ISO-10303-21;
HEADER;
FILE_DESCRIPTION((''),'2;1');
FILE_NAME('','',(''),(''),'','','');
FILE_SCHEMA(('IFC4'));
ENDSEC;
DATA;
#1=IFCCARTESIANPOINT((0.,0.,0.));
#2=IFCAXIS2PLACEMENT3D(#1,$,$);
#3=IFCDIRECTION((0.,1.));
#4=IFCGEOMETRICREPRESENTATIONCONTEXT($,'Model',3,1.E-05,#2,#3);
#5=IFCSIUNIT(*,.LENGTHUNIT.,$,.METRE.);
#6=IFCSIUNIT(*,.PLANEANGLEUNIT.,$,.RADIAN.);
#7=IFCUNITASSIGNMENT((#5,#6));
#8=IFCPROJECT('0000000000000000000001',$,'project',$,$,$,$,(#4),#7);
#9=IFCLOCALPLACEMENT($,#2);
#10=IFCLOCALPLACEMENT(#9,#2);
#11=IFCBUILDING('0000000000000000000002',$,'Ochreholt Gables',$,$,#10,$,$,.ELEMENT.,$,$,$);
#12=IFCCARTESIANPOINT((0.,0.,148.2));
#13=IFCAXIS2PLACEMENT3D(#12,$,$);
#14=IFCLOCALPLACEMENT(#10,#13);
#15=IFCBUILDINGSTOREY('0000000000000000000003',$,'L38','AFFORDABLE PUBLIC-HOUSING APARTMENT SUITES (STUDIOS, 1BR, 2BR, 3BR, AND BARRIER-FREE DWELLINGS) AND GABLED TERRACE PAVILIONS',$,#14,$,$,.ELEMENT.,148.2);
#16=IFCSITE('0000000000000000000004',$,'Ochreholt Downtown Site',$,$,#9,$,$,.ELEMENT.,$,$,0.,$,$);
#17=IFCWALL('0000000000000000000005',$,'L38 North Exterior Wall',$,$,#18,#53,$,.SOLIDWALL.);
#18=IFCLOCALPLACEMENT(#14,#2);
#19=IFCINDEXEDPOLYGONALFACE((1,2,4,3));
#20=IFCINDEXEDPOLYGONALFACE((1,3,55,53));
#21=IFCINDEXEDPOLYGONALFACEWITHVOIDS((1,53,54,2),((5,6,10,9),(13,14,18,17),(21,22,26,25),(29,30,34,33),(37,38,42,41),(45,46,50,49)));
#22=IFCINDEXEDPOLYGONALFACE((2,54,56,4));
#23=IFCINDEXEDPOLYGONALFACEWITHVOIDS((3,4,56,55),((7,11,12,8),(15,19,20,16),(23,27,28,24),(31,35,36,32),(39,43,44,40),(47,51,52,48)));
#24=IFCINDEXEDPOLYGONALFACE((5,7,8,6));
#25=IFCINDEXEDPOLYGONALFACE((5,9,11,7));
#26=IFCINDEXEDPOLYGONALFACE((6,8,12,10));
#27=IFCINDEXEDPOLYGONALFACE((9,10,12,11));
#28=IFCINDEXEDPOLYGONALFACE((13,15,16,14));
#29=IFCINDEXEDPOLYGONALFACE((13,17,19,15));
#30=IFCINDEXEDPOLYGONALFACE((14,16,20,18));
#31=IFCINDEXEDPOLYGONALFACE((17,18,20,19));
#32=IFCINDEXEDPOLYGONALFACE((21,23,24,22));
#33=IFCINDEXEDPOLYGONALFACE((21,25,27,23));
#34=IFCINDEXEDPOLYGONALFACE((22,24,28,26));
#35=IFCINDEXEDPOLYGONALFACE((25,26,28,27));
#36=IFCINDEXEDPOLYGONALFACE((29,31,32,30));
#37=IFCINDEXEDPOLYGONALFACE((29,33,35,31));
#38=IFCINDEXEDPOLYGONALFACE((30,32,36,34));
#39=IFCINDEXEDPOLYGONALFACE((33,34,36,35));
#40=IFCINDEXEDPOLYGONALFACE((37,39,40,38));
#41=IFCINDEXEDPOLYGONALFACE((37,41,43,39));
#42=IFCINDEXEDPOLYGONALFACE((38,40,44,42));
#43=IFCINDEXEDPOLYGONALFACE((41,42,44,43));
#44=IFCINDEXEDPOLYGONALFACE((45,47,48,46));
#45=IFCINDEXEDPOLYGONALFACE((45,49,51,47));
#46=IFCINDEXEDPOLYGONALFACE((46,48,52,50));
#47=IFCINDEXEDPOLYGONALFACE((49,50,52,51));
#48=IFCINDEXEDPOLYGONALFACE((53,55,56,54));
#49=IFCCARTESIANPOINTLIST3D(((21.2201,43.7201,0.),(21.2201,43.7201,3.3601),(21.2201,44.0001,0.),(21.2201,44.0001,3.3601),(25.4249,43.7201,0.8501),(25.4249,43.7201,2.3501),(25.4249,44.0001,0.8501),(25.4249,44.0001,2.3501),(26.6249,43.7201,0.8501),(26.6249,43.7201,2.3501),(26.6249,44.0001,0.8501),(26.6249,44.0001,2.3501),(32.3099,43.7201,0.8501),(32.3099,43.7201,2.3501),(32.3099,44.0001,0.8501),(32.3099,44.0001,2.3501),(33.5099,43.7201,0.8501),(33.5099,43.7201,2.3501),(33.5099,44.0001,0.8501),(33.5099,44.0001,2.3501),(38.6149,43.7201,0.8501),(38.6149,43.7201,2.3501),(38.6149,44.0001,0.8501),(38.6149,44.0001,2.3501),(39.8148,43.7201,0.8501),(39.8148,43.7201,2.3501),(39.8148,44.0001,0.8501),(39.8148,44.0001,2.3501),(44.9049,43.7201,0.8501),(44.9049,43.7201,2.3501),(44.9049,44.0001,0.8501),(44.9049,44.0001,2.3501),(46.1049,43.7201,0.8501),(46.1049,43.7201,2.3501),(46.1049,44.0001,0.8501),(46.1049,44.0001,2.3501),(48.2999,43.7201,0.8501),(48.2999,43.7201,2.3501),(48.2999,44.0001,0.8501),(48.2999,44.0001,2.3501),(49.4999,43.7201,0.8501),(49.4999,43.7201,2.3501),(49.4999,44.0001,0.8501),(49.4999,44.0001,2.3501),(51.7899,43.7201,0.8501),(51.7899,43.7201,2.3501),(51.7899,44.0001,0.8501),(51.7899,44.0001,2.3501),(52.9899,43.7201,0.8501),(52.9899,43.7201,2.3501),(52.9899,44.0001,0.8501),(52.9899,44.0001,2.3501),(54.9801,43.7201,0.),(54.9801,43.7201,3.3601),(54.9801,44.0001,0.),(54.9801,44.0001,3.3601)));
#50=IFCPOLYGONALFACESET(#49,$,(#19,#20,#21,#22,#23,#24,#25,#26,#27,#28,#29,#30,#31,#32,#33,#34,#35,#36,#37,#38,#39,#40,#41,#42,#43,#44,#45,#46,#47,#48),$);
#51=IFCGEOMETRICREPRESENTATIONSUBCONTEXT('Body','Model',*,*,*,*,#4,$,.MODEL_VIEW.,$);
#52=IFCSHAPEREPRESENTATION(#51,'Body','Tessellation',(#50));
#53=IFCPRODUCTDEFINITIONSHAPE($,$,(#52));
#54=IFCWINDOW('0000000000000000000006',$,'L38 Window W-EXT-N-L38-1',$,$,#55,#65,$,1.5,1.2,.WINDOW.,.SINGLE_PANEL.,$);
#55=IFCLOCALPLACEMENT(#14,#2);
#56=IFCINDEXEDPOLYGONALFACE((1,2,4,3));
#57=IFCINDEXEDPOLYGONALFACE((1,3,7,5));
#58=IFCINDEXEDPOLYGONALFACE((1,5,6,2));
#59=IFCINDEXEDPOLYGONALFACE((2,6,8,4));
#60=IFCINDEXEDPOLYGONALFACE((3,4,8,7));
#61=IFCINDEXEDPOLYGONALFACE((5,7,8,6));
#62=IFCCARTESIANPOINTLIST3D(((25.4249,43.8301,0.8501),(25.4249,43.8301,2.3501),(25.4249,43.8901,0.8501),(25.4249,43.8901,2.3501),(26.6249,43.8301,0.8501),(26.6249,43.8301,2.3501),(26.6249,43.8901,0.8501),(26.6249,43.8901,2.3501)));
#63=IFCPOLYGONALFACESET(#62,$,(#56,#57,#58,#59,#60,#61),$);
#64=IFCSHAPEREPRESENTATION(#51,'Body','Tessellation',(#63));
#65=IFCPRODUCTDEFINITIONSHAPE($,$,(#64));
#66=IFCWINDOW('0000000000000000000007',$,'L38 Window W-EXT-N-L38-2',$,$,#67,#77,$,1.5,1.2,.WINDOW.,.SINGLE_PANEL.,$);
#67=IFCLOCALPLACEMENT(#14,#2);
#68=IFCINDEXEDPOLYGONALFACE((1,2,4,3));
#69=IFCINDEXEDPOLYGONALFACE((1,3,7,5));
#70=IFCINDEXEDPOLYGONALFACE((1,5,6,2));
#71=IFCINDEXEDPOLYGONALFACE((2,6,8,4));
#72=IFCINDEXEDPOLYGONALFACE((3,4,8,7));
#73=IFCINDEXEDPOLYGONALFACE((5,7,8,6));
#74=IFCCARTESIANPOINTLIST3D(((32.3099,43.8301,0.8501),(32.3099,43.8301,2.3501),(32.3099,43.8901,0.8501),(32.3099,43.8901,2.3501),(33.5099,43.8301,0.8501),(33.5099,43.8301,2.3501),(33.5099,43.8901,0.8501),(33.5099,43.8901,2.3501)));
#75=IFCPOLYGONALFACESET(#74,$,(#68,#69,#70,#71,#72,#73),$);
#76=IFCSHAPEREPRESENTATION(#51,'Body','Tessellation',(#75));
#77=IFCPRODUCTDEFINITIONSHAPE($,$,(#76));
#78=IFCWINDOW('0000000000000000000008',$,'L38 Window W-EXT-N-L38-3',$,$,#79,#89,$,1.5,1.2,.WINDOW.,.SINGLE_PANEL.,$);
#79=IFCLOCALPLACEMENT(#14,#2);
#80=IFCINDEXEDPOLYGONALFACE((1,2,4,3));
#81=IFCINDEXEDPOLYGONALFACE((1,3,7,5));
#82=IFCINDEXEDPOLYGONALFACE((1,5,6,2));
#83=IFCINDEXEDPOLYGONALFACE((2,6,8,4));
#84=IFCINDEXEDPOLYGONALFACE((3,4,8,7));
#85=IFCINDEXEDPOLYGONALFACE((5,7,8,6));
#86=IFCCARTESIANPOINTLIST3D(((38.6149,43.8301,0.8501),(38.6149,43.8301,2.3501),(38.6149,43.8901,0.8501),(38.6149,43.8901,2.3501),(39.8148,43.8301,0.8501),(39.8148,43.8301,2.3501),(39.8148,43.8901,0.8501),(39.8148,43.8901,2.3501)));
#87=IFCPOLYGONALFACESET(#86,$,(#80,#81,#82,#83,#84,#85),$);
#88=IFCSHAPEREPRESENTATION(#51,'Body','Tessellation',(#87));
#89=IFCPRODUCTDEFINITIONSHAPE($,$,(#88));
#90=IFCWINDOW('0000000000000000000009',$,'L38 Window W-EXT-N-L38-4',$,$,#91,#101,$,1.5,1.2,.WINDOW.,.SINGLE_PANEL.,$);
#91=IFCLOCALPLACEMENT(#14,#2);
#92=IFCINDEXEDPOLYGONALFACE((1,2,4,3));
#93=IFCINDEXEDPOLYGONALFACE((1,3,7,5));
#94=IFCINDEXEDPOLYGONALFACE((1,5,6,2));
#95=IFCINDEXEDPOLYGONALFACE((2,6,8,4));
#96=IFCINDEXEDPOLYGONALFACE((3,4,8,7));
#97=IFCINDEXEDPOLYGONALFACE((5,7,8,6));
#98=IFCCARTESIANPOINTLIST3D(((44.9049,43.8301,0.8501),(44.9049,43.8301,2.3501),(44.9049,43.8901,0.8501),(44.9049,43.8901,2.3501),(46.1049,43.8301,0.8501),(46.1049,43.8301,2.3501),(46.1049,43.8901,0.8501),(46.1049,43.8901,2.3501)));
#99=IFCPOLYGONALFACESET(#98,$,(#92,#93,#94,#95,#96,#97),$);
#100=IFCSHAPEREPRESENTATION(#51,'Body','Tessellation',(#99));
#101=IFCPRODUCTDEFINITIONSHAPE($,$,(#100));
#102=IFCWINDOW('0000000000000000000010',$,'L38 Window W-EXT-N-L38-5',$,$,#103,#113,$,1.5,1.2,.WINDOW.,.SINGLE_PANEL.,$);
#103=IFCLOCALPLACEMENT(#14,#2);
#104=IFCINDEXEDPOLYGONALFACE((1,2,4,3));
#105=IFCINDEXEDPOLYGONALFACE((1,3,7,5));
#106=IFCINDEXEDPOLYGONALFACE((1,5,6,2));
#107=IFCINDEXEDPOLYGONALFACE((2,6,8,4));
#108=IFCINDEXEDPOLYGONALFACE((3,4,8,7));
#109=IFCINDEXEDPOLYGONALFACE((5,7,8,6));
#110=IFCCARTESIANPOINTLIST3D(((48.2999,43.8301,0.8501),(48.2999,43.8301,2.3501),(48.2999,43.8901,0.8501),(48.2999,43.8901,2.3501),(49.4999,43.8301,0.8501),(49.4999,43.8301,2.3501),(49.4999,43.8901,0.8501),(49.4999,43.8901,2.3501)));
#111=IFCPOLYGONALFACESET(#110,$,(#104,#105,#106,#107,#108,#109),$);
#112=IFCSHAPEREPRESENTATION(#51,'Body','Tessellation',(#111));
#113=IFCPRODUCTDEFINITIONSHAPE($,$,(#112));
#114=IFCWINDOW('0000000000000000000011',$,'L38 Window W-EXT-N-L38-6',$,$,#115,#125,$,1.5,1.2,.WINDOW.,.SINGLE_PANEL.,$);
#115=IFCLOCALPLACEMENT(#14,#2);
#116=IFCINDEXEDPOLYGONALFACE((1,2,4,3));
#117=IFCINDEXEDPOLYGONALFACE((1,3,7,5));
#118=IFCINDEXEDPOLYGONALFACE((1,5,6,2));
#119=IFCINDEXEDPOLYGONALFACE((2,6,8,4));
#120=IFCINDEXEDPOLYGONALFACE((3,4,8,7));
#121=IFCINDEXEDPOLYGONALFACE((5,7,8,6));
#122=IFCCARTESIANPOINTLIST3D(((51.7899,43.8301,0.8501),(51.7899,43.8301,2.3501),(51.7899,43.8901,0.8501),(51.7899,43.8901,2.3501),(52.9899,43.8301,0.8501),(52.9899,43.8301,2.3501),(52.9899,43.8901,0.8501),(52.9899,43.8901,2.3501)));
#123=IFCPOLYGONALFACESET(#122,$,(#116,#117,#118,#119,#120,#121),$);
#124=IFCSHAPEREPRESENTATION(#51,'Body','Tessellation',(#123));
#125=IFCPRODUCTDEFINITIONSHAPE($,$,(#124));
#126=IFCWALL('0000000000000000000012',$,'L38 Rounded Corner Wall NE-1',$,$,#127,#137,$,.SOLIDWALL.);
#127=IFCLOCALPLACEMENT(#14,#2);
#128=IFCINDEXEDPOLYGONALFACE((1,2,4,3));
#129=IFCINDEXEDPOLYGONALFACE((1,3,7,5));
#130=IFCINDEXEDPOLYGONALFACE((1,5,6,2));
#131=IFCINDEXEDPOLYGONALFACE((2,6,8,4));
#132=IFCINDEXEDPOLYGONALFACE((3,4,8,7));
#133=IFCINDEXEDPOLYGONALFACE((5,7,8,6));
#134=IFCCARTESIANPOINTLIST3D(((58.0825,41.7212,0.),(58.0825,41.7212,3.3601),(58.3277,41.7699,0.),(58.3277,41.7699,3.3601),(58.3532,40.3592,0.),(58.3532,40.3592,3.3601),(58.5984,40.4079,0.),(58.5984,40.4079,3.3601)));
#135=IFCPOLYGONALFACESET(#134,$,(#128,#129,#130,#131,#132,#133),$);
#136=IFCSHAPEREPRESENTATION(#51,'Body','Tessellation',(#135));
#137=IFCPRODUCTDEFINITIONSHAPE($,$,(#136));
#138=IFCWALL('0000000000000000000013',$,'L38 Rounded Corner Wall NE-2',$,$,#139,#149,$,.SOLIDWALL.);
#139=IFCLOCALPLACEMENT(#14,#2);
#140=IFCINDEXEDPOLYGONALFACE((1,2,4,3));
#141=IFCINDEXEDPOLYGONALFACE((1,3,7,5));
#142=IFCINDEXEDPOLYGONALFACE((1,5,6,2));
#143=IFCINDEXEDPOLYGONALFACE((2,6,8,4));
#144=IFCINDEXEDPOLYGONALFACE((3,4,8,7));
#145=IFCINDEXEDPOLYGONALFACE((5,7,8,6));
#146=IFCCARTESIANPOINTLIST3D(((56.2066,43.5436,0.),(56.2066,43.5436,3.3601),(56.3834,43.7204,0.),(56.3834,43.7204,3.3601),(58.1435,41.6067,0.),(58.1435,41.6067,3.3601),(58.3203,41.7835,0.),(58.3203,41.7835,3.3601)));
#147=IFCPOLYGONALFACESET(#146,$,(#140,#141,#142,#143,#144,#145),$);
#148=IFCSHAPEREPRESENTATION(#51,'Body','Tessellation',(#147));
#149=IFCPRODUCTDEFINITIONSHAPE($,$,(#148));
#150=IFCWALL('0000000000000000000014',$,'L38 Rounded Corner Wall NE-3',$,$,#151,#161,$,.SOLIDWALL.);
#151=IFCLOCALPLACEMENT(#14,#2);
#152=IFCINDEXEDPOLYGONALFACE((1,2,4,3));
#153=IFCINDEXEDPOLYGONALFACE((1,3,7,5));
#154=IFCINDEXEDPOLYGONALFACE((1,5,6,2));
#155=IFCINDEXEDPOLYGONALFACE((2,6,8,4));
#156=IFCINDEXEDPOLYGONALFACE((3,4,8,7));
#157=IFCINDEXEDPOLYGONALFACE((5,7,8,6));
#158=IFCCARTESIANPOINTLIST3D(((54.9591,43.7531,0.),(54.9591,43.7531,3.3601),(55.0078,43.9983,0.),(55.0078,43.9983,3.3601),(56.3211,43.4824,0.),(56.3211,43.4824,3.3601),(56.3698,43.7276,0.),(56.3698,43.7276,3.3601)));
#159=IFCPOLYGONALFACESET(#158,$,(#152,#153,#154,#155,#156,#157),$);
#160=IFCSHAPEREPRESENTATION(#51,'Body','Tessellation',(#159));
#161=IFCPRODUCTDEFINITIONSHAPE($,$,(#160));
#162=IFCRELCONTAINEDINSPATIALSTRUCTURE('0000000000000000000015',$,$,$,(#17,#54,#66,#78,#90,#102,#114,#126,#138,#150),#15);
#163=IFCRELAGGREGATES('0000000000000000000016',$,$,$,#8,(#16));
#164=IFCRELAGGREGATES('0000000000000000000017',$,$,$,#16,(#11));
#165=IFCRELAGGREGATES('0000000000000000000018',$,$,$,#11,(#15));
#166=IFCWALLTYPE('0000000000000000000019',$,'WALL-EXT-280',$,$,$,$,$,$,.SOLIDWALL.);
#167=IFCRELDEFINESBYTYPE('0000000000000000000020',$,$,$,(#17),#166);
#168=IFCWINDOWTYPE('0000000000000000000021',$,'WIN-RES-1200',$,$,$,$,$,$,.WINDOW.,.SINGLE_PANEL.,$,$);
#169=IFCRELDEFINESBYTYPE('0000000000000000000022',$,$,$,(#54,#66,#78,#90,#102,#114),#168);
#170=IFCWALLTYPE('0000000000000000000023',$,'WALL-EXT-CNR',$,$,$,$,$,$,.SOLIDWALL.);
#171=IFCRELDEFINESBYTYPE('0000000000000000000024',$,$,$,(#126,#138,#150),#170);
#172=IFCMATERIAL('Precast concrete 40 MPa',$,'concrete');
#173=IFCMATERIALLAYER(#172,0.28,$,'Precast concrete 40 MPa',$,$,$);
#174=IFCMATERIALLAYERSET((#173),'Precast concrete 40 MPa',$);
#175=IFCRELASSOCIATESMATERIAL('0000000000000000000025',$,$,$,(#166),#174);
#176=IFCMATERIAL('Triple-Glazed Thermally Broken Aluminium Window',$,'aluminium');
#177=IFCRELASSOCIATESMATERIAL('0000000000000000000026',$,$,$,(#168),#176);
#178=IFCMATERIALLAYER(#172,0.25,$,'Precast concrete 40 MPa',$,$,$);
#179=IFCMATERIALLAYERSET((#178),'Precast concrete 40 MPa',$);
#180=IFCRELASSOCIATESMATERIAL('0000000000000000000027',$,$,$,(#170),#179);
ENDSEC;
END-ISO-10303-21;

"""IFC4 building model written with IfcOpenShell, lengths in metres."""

from ifc_helpers import new_model, si_unit, direction, frame, frame_2d, origin, place, context, subcontext, project, spatial, rectangle, extrude, material, layer, layer_set, type_object, element, fill, save


model = new_model("IFC4")

# Units and contexts
model_context = context("Model", 3, precision=1e-05, world=origin(), true_north=direction((0.0, 1.0)))
body_context = subcontext(model_context, "Body", "Model", "MODEL_VIEW")
ifc_project = project(units=[si_unit("LENGTHUNIT", "METRE"), si_unit("PLANEANGLEUNIT", "RADIAN")], contexts=[model_context])

# Site, building, storey
site_placement = place(None, origin())
site = spatial("IfcSite", under=ifc_project, at=site_placement, Name="Ochreholt Downtown Site", CompositionType="ELEMENT", RefElevation=0.0)
building_placement = place(site_placement, origin())
building = spatial("IfcBuilding", under=site, at=building_placement, Name="Ochreholt Gables", CompositionType="ELEMENT")
storey_placement = place(building_placement, frame((0.0, 0.0, 148.2)))
storey = spatial("IfcBuildingStorey", under=building, at=storey_placement, Name="L38", Description="AFFORDABLE PUBLIC-HOUSING APARTMENT SUITES (STUDIOS, 1BR, 2BR, 3BR, AND BARRIER-FREE DWELLINGS) AND GABLED TERRACE PAVILIONS", CompositionType="ELEMENT", Elevation=148.2)

# Wall, openings, windows
ifc_material_1 = material(Name="Precast concrete 40 MPa", Category="concrete")
ifc_layer_1 = layer(ifc_material_1, 0.28, Name="Precast concrete 40 MPa")
ifc_layer_set_1 = layer_set([ifc_layer_1], Name="Precast concrete 40 MPa")
wall_type_1 = type_object("IfcWallType", Name="WALL-EXT-280", PredefinedType="SOLIDWALL", material=ifc_layer_set_1)
wall_1_placement = place(storey_placement, frame((54.98, 43.8601, 0.0), z_axis=(0.0, 0.0, 1.0), x_axis=(-1.0, 0.0, 0.0)))
wall_1 = element("IfcWall", 1, at=wall_1_placement, inside=storey, type_object=wall_type_1, Name="L38 North Exterior Wall", PredefinedType="SOLIDWALL", context=body_context, shape_type="SweptSolid", body=[
    extrude(rectangle(XDim=33.76, YDim=0.28, at=frame_2d((16.8799, 0.0))), origin(), (0.0, 0.0, 1.0), 3.3601),
])
opening_1_placement = place(wall_1_placement, frame((28.355, 0.0, 0.8501)))
opening_1 = element("IfcOpeningElement", 2, at=opening_1_placement, cuts=wall_1, PredefinedType="OPENING", context=body_context, shape_type="SweptSolid", body=[
    extrude(rectangle(XDim=1.2, YDim=1.5, at=frame_2d((0.6001, 0.75))), frame((0.0, 0.1499, 0.0), z_axis=(0.0, -1.0, 0.0), x_axis=(1.0, 0.0, 0.0)), (0.0, 0.0, 1.0), 0.3),
])
opening_2_placement = place(wall_1_placement, frame((21.47, 0.0, 0.8501)))
opening_2 = element("IfcOpeningElement", 3, at=opening_2_placement, cuts=wall_1, PredefinedType="OPENING", context=body_context, shape_type="SweptSolid", body=[
    extrude(rectangle(XDim=1.2, YDim=1.5, at=frame_2d((0.6001, 0.75))), frame((0.0, 0.1499, 0.0), z_axis=(0.0, -1.0, 0.0), x_axis=(1.0, 0.0, 0.0)), (0.0, 0.0, 1.0), 0.3),
])
opening_3_placement = place(wall_1_placement, frame((15.165, 0.0, 0.8501)))
opening_3 = element("IfcOpeningElement", 4, at=opening_3_placement, cuts=wall_1, PredefinedType="OPENING", context=body_context, shape_type="SweptSolid", body=[
    extrude(rectangle(XDim=1.2, YDim=1.5, at=frame_2d((0.6001, 0.75))), frame((0.0, 0.1499, 0.0), z_axis=(0.0, -1.0, 0.0), x_axis=(1.0, 0.0, 0.0)), (0.0, 0.0, 1.0), 0.3),
])
opening_4_placement = place(wall_1_placement, frame((8.875, 0.0, 0.8501)))
opening_4 = element("IfcOpeningElement", 5, at=opening_4_placement, cuts=wall_1, PredefinedType="OPENING", context=body_context, shape_type="SweptSolid", body=[
    extrude(rectangle(XDim=1.2, YDim=1.5, at=frame_2d((0.6001, 0.75))), frame((0.0, 0.1499, 0.0), z_axis=(0.0, -1.0, 0.0), x_axis=(1.0, 0.0, 0.0)), (0.0, 0.0, 1.0), 0.3),
])
opening_5_placement = place(wall_1_placement, frame((5.48, 0.0, 0.8501)))
opening_5 = element("IfcOpeningElement", 6, at=opening_5_placement, cuts=wall_1, PredefinedType="OPENING", context=body_context, shape_type="SweptSolid", body=[
    extrude(rectangle(XDim=1.2, YDim=1.5, at=frame_2d((0.6001, 0.75))), frame((0.0, 0.1499, 0.0), z_axis=(0.0, -1.0, 0.0), x_axis=(1.0, 0.0, 0.0)), (0.0, 0.0, 1.0), 0.3),
])
opening_6_placement = place(wall_1_placement, frame((1.99, 0.0, 0.8501)))
opening_6 = element("IfcOpeningElement", 7, at=opening_6_placement, cuts=wall_1, PredefinedType="OPENING", context=body_context, shape_type="SweptSolid", body=[
    extrude(rectangle(XDim=1.2, YDim=1.5, at=frame_2d((0.6001, 0.75))), frame((0.0, 0.1499, 0.0), z_axis=(0.0, -1.0, 0.0), x_axis=(1.0, 0.0, 0.0)), (0.0, 0.0, 1.0), 0.3),
])
ifc_material_2 = material(Name="Triple-Glazed Thermally Broken Aluminium Window", Category="aluminium")
window_type = type_object("IfcWindowType", Name="WIN-RES-1200", PartitioningType="SINGLE_PANEL", PredefinedType="WINDOW", material=ifc_material_2)
window_1_placement = place(opening_1_placement, origin())
window_1 = element("IfcWindow", 8, at=window_1_placement, inside=storey, type_object=window_type, Name="L38 Window W-EXT-N-L38-1", OverallHeight=1.5, OverallWidth=1.2, PartitioningType="SINGLE_PANEL", PredefinedType="WINDOW", context=body_context, shape_type="SweptSolid", body=[
    extrude(rectangle(XDim=1.2, YDim=1.5, at=frame_2d((0.6001, 0.75))), frame((0.0, 0.03, 0.0), z_axis=(0.0, -1.0, 0.0), x_axis=(1.0, 0.0, 0.0)), (0.0, 0.0, 1.0), 0.0601),
])
fill(opening_1, window_1)
window_2_placement = place(opening_2_placement, origin())
window_2 = element("IfcWindow", 9, at=window_2_placement, inside=storey, type_object=window_type, Name="L38 Window W-EXT-N-L38-2", OverallHeight=1.5, OverallWidth=1.2, PartitioningType="SINGLE_PANEL", PredefinedType="WINDOW", context=body_context, shape_type="SweptSolid", body=[
    extrude(rectangle(XDim=1.2, YDim=1.5, at=frame_2d((0.6001, 0.75))), frame((0.0, 0.03, 0.0), z_axis=(0.0, -1.0, 0.0), x_axis=(1.0, 0.0, 0.0)), (0.0, 0.0, 1.0), 0.0601),
])
fill(opening_2, window_2)
window_3_placement = place(opening_3_placement, origin())
window_3 = element("IfcWindow", 10, at=window_3_placement, inside=storey, type_object=window_type, Name="L38 Window W-EXT-N-L38-3", OverallHeight=1.5, OverallWidth=1.2, PartitioningType="SINGLE_PANEL", PredefinedType="WINDOW", context=body_context, shape_type="SweptSolid", body=[
    extrude(rectangle(XDim=1.2, YDim=1.5, at=frame_2d((0.6001, 0.75))), frame((0.0, 0.03, 0.0), z_axis=(0.0, -1.0, 0.0), x_axis=(1.0, 0.0, 0.0)), (0.0, 0.0, 1.0), 0.0601),
])
fill(opening_3, window_3)
window_4_placement = place(opening_4_placement, origin())
window_4 = element("IfcWindow", 11, at=window_4_placement, inside=storey, type_object=window_type, Name="L38 Window W-EXT-N-L38-4", OverallHeight=1.5, OverallWidth=1.2, PartitioningType="SINGLE_PANEL", PredefinedType="WINDOW", context=body_context, shape_type="SweptSolid", body=[
    extrude(rectangle(XDim=1.2, YDim=1.5, at=frame_2d((0.6001, 0.75))), frame((0.0, 0.03, 0.0), z_axis=(0.0, -1.0, 0.0), x_axis=(1.0, 0.0, 0.0)), (0.0, 0.0, 1.0), 0.0601),
])
fill(opening_4, window_4)
window_5_placement = place(opening_5_placement, origin())
window_5 = element("IfcWindow", 12, at=window_5_placement, inside=storey, type_object=window_type, Name="L38 Window W-EXT-N-L38-5", OverallHeight=1.5, OverallWidth=1.2, PartitioningType="SINGLE_PANEL", PredefinedType="WINDOW", context=body_context, shape_type="SweptSolid", body=[
    extrude(rectangle(XDim=1.2, YDim=1.5, at=frame_2d((0.6001, 0.75))), frame((0.0, 0.03, 0.0), z_axis=(0.0, -1.0, 0.0), x_axis=(1.0, 0.0, 0.0)), (0.0, 0.0, 1.0), 0.0601),
])
fill(opening_5, window_5)
window_6_placement = place(opening_6_placement, origin())
window_6 = element("IfcWindow", 13, at=window_6_placement, inside=storey, type_object=window_type, Name="L38 Window W-EXT-N-L38-6", OverallHeight=1.5, OverallWidth=1.2, PartitioningType="SINGLE_PANEL", PredefinedType="WINDOW", context=body_context, shape_type="SweptSolid", body=[
    extrude(rectangle(XDim=1.2, YDim=1.5, at=frame_2d((0.6001, 0.75))), frame((0.0, 0.03, 0.0), z_axis=(0.0, -1.0, 0.0), x_axis=(1.0, 0.0, 0.0)), (0.0, 0.0, 1.0), 0.0601),
])
fill(opening_6, window_6)

# Walls
ifc_layer_2 = layer(ifc_material_1, 0.25, Name="Precast concrete 40 MPa")
ifc_layer_set_2 = layer_set([ifc_layer_2], Name="Precast concrete 40 MPa")
wall_type_2 = type_object("IfcWallType", Name="WALL-EXT-CNR", PredefinedType="SOLIDWALL", material=ifc_layer_set_2)
wall_2_placement = place(storey_placement, frame((58.4758, 40.3835, 0.0), z_axis=(0.0, 0.0, 1.0), x_axis=(-0.194967, 0.98081, 0.0)))
element("IfcWall", 14, at=wall_2_placement, inside=storey, type_object=wall_type_2, Name="L38 Rounded Corner Wall NE-1", PredefinedType="SOLIDWALL", context=body_context, shape_type="SweptSolid", body=[
    extrude(rectangle(XDim=1.3887, YDim=0.25, at=frame_2d((0.6943, 0.0))), origin(), (0.0, 0.0, 1.0), 3.3601),
])
wall_3_placement = place(storey_placement, frame((58.2319, 41.6951, 0.0), z_axis=(0.0, 0.0, 1.0), x_axis=(-0.707107, 0.707107, 0.0)))
element("IfcWall", 15, at=wall_3_placement, inside=storey, type_object=wall_type_2, Name="L38 Rounded Corner Wall NE-2", PredefinedType="SOLIDWALL", context=body_context, shape_type="SweptSolid", body=[
    extrude(rectangle(XDim=2.7393, YDim=0.25, at=frame_2d((1.3696, 0.0))), origin(), (0.0, 0.0, 1.0), 3.3601),
])
wall_4_placement = place(storey_placement, frame((56.3455, 43.605, 0.0), z_axis=(0.0, 0.0, 1.0), x_axis=(-0.98081, 0.194967, 0.0)))
element("IfcWall", 16, at=wall_4_placement, inside=storey, type_object=wall_type_2, Name="L38 Rounded Corner Wall NE-3", PredefinedType="SOLIDWALL", context=body_context, shape_type="SweptSolid", body=[
    extrude(rectangle(XDim=1.3887, YDim=0.25, at=frame_2d((0.6943, 0.0))), origin(), (0.0, 0.0, 1.0), 3.3601),
])

save(model, "model.ifc")
